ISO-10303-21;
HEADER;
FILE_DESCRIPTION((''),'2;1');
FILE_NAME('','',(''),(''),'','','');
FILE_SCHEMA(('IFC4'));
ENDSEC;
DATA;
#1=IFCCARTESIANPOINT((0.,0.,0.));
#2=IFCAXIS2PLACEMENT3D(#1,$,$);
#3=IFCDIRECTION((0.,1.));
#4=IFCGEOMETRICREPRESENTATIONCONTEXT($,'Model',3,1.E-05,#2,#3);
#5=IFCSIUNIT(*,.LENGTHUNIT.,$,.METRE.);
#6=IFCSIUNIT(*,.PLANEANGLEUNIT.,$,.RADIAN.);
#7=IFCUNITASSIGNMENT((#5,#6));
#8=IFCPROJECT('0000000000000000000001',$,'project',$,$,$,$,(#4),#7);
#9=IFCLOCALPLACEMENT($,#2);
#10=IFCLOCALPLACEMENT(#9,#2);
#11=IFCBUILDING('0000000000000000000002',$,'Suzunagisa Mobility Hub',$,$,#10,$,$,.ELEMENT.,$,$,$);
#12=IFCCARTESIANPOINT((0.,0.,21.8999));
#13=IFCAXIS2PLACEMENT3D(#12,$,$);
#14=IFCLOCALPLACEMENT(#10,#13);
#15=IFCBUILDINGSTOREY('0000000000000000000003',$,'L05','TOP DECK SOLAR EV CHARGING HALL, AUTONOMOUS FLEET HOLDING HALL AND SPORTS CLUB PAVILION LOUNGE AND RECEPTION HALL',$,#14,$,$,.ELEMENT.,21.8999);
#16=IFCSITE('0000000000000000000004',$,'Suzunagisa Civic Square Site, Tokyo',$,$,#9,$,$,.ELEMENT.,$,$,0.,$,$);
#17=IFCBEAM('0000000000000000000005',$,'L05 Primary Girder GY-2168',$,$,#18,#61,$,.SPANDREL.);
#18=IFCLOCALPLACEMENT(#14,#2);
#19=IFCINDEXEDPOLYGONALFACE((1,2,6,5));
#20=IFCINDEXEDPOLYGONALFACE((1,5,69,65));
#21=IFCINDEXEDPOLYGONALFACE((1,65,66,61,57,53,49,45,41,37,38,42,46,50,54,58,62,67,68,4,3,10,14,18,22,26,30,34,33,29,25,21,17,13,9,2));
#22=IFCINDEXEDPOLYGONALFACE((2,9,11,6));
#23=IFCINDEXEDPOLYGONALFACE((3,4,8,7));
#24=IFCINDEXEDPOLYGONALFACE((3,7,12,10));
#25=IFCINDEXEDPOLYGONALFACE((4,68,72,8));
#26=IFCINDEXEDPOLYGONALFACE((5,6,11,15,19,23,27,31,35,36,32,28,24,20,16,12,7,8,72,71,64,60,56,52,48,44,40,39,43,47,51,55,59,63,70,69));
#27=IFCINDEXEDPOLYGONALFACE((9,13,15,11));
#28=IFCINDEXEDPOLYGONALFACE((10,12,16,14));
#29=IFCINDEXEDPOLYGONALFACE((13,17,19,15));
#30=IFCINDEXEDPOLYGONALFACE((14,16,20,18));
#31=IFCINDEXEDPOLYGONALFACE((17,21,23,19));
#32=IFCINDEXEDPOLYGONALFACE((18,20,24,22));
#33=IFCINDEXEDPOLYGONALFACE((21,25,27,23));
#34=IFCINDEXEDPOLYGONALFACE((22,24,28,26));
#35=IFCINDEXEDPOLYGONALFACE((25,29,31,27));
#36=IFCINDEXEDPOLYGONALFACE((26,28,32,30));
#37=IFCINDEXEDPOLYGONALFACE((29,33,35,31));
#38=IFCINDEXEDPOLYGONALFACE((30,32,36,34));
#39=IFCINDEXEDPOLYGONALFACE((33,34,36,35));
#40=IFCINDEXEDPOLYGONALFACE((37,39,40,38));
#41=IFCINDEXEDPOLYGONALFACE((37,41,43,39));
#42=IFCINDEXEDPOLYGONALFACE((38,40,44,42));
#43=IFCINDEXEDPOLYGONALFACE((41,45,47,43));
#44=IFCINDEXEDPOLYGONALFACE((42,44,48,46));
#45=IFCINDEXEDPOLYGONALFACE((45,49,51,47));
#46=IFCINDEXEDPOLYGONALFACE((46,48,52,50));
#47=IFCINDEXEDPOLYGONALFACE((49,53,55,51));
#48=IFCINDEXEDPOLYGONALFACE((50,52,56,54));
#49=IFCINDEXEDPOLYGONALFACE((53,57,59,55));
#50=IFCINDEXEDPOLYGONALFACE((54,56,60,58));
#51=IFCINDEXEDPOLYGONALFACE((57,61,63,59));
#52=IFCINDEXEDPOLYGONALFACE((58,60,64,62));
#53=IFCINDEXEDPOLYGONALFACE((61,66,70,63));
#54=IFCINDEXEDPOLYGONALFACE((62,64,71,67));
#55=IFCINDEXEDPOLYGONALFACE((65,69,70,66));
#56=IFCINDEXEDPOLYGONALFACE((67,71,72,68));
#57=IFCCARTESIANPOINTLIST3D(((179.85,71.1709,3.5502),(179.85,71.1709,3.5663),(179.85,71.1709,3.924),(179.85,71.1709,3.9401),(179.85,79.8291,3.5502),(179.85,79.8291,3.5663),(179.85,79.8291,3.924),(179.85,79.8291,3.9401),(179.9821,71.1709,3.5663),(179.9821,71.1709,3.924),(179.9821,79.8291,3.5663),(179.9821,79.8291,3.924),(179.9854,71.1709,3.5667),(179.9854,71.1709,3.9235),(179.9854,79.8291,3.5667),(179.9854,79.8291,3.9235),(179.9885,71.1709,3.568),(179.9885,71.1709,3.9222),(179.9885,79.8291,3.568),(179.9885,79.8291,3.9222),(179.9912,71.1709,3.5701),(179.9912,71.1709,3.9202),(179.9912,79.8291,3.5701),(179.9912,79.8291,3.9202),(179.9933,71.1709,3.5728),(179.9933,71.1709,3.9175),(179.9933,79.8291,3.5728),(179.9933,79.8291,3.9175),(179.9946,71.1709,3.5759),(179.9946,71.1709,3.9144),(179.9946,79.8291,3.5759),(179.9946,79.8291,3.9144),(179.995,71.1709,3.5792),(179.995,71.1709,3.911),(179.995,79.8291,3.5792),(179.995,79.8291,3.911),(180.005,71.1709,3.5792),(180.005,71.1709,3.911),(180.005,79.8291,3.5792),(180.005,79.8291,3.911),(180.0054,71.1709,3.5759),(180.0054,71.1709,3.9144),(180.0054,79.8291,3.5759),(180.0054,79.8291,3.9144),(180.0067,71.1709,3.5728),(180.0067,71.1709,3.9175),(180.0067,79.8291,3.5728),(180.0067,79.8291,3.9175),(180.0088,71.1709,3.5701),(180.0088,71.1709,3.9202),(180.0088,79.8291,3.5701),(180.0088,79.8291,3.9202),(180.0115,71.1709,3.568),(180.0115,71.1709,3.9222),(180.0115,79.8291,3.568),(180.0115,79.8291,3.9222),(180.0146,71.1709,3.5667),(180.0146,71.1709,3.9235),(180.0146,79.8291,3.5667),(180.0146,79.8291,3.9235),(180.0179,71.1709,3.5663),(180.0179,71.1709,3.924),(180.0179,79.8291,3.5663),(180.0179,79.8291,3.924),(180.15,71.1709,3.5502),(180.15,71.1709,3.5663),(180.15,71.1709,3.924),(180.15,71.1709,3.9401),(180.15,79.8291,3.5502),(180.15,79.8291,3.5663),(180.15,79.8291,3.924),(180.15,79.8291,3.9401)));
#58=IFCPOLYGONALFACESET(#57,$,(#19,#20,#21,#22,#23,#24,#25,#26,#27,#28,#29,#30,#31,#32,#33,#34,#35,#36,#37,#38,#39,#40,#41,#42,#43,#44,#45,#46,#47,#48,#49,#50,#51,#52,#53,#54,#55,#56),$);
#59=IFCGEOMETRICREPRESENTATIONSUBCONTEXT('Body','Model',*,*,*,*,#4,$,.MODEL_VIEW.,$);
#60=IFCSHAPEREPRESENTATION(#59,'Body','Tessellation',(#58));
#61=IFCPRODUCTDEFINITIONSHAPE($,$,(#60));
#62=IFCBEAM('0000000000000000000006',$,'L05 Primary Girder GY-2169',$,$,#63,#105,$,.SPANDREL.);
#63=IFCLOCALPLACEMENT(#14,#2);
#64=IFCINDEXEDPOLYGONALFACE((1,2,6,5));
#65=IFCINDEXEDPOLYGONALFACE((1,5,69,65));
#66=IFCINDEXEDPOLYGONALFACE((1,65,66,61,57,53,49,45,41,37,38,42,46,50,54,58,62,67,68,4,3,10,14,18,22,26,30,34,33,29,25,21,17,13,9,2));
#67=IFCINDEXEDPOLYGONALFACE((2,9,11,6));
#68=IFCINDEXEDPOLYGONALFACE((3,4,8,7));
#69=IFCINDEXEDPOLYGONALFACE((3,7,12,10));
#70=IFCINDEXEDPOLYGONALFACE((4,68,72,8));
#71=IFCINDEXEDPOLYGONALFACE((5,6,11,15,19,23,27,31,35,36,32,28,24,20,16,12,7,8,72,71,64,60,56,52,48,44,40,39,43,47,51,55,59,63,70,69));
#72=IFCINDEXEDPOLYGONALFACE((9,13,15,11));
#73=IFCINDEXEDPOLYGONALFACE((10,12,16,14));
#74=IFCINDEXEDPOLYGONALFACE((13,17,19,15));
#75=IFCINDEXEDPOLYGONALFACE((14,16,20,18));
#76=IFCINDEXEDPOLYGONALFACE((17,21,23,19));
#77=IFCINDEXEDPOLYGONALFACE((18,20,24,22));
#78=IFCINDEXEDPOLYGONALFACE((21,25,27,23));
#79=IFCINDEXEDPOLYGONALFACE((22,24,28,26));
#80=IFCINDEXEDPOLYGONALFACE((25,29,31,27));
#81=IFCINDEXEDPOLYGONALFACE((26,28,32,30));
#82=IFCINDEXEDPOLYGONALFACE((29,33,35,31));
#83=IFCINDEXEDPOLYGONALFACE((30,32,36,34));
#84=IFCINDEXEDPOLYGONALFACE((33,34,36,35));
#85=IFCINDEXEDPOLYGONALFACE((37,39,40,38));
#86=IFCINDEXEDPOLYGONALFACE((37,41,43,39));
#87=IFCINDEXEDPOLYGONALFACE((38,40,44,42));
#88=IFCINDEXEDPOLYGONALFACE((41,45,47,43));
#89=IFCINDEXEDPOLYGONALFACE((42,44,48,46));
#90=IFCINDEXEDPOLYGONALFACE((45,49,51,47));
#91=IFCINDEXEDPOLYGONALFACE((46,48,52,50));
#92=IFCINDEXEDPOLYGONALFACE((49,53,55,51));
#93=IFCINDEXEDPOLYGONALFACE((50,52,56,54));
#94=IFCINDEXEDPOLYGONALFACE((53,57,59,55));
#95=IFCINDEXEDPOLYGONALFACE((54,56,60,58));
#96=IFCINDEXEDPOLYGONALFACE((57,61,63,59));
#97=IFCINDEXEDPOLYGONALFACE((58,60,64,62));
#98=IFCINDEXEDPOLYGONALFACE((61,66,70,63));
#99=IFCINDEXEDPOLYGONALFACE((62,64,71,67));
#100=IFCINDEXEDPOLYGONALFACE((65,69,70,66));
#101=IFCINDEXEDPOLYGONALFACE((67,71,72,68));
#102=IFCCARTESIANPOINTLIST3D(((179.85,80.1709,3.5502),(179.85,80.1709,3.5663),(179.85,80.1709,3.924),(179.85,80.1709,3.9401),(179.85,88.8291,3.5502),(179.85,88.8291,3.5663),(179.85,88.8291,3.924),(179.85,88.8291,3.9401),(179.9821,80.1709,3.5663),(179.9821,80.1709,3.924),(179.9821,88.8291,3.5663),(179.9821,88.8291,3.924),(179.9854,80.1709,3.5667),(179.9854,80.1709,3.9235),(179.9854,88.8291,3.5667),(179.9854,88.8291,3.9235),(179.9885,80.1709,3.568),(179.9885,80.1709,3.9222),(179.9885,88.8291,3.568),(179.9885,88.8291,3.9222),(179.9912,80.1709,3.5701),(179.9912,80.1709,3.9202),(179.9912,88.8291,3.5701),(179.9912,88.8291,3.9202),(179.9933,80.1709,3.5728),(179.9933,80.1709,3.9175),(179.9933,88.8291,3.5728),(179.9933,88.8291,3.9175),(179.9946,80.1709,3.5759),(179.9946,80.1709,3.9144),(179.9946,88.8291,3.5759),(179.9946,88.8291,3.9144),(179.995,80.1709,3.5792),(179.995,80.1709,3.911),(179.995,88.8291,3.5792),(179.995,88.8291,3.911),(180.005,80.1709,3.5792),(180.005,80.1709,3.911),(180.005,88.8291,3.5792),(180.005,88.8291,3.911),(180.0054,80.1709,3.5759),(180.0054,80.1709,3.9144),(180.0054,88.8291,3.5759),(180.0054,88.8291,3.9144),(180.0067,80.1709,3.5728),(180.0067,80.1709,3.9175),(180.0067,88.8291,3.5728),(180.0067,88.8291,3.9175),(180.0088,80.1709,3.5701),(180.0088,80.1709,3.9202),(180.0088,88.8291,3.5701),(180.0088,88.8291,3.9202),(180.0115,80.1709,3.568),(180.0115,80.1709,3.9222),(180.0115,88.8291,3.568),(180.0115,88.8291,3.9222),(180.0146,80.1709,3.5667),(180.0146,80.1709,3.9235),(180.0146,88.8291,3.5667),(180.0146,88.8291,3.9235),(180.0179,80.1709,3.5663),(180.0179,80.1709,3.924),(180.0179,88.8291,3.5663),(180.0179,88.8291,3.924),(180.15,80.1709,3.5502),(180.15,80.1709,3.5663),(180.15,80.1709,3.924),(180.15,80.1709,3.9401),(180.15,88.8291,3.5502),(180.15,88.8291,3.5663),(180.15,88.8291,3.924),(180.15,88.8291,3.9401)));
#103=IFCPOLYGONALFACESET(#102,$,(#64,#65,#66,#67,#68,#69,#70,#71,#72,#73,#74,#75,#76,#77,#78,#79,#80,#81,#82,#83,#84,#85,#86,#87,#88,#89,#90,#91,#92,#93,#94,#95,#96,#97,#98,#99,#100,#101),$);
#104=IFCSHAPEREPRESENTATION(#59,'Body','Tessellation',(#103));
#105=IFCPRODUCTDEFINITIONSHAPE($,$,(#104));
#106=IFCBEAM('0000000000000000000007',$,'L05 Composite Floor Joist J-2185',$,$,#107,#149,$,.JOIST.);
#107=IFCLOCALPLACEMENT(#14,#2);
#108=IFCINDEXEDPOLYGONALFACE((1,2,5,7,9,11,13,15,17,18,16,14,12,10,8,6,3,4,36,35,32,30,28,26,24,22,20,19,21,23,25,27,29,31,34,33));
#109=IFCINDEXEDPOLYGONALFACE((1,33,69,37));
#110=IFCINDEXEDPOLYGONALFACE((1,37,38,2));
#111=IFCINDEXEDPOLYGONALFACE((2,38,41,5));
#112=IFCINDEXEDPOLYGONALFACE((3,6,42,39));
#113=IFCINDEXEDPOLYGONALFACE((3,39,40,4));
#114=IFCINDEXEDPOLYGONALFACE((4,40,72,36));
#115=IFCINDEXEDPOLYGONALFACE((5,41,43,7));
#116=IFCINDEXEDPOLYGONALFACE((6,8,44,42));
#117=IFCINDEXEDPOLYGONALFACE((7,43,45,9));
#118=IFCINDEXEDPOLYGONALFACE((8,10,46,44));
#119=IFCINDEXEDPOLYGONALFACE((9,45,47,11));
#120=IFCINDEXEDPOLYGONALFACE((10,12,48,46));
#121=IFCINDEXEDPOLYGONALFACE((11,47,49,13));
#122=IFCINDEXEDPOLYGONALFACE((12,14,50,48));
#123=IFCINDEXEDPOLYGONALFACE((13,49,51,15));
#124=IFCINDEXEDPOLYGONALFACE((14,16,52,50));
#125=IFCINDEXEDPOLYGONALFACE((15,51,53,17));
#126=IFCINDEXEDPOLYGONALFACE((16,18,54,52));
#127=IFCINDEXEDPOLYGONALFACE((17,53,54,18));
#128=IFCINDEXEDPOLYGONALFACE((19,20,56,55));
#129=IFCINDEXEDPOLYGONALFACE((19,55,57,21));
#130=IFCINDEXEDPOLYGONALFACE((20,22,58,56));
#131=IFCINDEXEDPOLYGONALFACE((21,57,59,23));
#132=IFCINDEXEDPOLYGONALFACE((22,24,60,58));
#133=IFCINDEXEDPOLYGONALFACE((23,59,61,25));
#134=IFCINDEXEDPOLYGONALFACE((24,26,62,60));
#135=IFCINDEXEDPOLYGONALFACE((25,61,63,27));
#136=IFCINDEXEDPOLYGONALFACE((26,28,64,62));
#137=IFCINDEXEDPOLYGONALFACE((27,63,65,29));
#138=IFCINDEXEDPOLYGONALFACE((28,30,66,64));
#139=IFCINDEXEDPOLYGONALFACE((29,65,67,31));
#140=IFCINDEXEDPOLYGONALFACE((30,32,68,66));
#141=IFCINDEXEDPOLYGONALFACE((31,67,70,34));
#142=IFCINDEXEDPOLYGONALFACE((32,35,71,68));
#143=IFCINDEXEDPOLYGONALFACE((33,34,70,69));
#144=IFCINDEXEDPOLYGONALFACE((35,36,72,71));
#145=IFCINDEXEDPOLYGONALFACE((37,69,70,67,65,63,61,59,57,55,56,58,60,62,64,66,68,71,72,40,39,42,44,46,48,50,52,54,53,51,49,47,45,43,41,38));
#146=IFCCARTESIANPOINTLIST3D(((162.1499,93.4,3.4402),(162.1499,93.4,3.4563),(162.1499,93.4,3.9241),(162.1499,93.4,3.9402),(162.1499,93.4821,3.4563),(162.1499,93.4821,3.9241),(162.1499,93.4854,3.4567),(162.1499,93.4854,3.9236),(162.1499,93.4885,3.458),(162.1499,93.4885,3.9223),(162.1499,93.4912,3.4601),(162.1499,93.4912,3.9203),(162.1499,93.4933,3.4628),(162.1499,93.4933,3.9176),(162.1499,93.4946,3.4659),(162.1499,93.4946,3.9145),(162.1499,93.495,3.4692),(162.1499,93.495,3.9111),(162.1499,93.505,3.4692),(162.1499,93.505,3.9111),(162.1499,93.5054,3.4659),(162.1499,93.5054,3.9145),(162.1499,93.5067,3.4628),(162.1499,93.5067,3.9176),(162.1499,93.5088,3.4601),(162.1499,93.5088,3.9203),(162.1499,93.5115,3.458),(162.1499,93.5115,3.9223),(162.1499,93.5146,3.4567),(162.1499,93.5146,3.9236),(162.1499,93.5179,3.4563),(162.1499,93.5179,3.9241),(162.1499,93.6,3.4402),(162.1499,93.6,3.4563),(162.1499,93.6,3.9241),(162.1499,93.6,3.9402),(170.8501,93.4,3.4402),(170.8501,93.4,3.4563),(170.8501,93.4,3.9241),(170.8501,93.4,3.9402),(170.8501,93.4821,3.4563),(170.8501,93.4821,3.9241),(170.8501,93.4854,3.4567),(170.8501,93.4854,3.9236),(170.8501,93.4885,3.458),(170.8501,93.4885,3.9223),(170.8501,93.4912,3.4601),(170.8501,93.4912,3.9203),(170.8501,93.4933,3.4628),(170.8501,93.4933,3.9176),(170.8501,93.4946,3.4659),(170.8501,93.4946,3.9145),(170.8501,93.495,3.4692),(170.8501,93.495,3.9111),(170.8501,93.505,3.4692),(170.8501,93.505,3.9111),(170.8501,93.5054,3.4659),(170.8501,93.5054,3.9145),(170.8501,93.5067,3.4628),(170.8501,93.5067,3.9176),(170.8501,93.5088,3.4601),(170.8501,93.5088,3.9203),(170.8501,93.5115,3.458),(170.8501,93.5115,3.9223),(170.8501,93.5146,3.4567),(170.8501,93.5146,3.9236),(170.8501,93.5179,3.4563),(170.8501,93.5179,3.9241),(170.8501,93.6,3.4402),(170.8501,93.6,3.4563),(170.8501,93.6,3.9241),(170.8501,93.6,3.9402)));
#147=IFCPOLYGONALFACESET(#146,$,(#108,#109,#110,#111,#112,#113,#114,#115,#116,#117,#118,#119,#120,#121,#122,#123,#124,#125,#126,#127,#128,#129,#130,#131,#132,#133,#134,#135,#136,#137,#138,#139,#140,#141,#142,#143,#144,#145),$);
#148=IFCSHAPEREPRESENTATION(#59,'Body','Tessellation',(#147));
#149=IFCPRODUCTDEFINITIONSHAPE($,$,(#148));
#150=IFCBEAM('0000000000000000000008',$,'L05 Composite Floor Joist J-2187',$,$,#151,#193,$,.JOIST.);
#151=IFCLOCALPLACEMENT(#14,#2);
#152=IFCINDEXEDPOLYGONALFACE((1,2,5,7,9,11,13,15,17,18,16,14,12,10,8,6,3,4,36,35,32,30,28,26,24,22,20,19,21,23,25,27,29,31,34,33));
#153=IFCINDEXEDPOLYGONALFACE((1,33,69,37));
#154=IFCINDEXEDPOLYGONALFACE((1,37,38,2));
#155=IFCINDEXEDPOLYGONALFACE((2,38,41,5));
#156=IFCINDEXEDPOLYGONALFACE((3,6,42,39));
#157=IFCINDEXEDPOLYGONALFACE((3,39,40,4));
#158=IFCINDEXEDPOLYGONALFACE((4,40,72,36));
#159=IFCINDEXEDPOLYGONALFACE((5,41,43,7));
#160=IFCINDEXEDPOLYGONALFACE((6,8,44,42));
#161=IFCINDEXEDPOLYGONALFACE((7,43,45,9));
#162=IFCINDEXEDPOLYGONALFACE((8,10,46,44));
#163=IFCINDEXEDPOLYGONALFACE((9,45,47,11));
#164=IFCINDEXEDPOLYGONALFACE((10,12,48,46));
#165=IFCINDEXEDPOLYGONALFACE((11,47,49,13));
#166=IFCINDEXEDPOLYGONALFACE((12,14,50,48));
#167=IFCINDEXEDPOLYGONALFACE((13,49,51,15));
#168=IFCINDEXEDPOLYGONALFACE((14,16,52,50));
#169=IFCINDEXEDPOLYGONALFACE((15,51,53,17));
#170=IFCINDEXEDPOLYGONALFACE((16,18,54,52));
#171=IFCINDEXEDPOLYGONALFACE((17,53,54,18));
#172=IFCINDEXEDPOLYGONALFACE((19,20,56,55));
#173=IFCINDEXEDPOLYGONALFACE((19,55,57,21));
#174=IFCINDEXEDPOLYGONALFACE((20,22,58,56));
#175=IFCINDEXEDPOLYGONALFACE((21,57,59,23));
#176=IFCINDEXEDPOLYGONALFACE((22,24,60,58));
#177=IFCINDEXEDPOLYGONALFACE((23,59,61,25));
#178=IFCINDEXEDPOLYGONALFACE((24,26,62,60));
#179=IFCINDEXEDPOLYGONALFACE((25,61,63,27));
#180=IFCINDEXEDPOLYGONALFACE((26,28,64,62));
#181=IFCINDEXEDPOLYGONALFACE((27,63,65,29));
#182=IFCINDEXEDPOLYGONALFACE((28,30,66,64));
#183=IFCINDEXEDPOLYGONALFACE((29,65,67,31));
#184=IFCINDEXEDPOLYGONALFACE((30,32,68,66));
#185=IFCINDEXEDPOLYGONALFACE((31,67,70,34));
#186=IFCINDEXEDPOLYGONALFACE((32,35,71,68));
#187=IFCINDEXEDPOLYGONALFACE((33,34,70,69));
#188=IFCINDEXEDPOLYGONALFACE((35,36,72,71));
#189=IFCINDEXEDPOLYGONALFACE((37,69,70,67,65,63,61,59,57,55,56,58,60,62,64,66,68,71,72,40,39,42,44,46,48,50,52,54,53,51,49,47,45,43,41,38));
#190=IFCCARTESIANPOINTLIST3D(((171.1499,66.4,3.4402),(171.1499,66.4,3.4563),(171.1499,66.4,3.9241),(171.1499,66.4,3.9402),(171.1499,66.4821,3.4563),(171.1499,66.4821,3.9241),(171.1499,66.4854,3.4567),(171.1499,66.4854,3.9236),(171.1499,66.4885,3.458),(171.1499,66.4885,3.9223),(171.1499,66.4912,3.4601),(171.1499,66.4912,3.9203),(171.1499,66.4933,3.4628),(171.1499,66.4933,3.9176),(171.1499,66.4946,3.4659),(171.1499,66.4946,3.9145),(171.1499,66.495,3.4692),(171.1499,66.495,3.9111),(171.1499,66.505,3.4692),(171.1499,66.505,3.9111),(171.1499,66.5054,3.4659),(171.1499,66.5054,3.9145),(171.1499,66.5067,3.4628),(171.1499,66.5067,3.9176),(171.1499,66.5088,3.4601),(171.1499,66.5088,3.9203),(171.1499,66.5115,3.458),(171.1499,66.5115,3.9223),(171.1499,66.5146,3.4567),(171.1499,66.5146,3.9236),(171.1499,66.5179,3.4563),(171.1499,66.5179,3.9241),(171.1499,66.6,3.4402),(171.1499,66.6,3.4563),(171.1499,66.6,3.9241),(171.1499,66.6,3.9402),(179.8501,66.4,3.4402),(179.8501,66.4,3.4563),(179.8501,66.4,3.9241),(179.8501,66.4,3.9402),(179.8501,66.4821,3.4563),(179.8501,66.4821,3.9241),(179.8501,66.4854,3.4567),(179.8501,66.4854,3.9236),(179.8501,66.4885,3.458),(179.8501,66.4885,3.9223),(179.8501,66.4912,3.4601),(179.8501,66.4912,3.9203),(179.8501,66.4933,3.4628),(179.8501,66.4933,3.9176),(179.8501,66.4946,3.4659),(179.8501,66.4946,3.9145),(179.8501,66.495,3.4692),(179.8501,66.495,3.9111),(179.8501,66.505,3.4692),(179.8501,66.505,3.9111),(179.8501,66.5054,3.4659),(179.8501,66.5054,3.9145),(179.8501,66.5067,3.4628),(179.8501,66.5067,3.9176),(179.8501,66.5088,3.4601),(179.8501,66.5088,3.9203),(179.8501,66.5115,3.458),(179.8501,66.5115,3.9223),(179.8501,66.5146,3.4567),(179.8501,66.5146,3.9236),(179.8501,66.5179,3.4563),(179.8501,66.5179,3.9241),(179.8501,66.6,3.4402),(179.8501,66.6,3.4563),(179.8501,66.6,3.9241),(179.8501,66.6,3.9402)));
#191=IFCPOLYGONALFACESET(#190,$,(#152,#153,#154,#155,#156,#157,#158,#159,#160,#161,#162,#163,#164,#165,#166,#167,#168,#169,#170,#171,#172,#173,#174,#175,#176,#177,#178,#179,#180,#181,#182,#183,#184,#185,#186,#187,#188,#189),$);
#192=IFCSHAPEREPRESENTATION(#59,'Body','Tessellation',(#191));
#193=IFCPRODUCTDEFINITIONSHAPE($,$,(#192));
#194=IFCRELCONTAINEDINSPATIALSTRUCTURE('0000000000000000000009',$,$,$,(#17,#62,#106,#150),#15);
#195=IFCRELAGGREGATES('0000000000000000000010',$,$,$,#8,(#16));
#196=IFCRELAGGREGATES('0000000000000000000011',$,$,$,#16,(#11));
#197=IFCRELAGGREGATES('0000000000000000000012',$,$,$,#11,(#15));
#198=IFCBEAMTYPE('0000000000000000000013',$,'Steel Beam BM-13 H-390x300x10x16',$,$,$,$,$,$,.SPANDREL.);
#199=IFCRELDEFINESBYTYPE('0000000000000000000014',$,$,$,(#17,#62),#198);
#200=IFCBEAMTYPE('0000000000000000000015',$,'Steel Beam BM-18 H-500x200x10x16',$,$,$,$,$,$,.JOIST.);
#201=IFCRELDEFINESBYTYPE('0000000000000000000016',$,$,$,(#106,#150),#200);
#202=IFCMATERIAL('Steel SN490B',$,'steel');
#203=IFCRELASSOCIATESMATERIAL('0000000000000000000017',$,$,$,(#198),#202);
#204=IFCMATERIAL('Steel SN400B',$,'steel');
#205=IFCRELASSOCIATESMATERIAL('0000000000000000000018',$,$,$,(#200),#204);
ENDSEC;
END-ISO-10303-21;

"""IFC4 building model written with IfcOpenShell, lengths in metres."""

from ifc_helpers import new_model, si_unit, direction, frame, origin, origin_2d, place, context, subcontext, project, spatial, i_section, extrude, material, material_profile, profile_set, type_object, element, save


model = new_model("IFC4")

# Units and contexts
model_context = context("Model", 3, precision=1e-05, world=origin(), true_north=direction((0.0, 1.0)))
body_context = subcontext(model_context, "Body", "Model", "MODEL_VIEW")
ifc_project = project(units=[si_unit("LENGTHUNIT", "METRE"), si_unit("PLANEANGLEUNIT", "RADIAN")], contexts=[model_context])

# Site, building, storey
site_placement = place(None, origin())
site = spatial("IfcSite", under=ifc_project, at=site_placement, Name="Suzunagisa Civic Square Site, Tokyo", CompositionType="ELEMENT", RefElevation=0.0)
building_placement = place(site_placement, origin())
building = spatial("IfcBuilding", under=site, at=building_placement, Name="Suzunagisa Mobility Hub", CompositionType="ELEMENT")
storey_placement = place(building_placement, frame((0.0, 0.0, 21.8999)))
storey = spatial("IfcBuildingStorey", under=building, at=storey_placement, Name="L05", Description="TOP DECK SOLAR EV CHARGING HALL, AUTONOMOUS FLEET HOLDING HALL AND SPORTS CLUB PAVILION LOUNGE AND RECEPTION HALL", CompositionType="ELEMENT", Elevation=21.8999)

# Shared definitions
ifc_material_1 = material(Name="Steel SN490B", Category="steel")

# Beams
ifc_material_profile_1 = material_profile(ifc_material_1, i_section(OverallWidth=0.3, OverallDepth=0.3899, WebThickness=0.01, FlangeThickness=0.0161, FilletRadius=0.0129, at=origin_2d()), Name="H-390x300x10x16")
ifc_profile_set_1 = profile_set([ifc_material_profile_1], Name="Steel SN490B")
beam_type_1 = type_object("IfcBeamType", Name="Steel Beam BM-13 H-390x300x10x16", PredefinedType="SPANDREL", material=ifc_profile_set_1)
for number, where, z_axis, x_axis, name in (
    (1, (180.0, 71.1709, 3.7451), (0.0, 1.0, 0.0), (-1.0, 0.0, 0.0), "L05 Primary Girder GY-2168"),
    (2, (180.0, 80.1709, 3.7451), (0.0, 1.0, 0.0), (-1.0, 0.0, 0.0), "L05 Primary Girder GY-2169"),
):
    element("IfcBeam", number, at=place(storey_placement, frame(where, z_axis=z_axis, x_axis=x_axis)), inside=storey, type_object=beam_type_1, Name=name, PredefinedType="SPANDREL", context=body_context, shape_type="SweptSolid", body=[
        extrude(i_section(OverallWidth=0.3, OverallDepth=0.3899, WebThickness=0.01, FlangeThickness=0.0161, FilletRadius=0.0129, at=origin_2d()), origin(), (0.0, 0.0, 1.0), 8.6582),
    ])
ifc_material_2 = material(Name="Steel SN400B", Category="steel")
ifc_material_profile_2 = material_profile(ifc_material_2, i_section(OverallWidth=0.2, OverallDepth=0.5, WebThickness=0.01, FlangeThickness=0.0161, FilletRadius=0.0129, at=origin_2d()), Name="H-500x200x10x16")
ifc_profile_set_2 = profile_set([ifc_material_profile_2], Name="Steel SN400B")
beam_type_2 = type_object("IfcBeamType", Name="Steel Beam BM-18 H-500x200x10x16", PredefinedType="JOIST", material=ifc_profile_set_2)
for number, where, z_axis, x_axis, name in (
    (3, (162.1499, 93.5, 3.6902), (1.0, 0.0, 0.0), (0.0, 1.0, 0.0), "L05 Composite Floor Joist J-2185"),
    (4, (171.1499, 66.5, 3.6902), (1.0, 0.0, 0.0), (0.0, 1.0, 0.0), "L05 Composite Floor Joist J-2187"),
):
    element("IfcBeam", number, at=place(storey_placement, frame(where, z_axis=z_axis, x_axis=x_axis)), inside=storey, type_object=beam_type_2, Name=name, PredefinedType="JOIST", context=body_context, shape_type="SweptSolid", body=[
        extrude(i_section(OverallWidth=0.2, OverallDepth=0.5, WebThickness=0.01, FlangeThickness=0.0161, FilletRadius=0.0129, at=origin_2d()), origin(), (0.0, 0.0, 1.0), 8.7002),
    ])

save(model, "model.ifc")
